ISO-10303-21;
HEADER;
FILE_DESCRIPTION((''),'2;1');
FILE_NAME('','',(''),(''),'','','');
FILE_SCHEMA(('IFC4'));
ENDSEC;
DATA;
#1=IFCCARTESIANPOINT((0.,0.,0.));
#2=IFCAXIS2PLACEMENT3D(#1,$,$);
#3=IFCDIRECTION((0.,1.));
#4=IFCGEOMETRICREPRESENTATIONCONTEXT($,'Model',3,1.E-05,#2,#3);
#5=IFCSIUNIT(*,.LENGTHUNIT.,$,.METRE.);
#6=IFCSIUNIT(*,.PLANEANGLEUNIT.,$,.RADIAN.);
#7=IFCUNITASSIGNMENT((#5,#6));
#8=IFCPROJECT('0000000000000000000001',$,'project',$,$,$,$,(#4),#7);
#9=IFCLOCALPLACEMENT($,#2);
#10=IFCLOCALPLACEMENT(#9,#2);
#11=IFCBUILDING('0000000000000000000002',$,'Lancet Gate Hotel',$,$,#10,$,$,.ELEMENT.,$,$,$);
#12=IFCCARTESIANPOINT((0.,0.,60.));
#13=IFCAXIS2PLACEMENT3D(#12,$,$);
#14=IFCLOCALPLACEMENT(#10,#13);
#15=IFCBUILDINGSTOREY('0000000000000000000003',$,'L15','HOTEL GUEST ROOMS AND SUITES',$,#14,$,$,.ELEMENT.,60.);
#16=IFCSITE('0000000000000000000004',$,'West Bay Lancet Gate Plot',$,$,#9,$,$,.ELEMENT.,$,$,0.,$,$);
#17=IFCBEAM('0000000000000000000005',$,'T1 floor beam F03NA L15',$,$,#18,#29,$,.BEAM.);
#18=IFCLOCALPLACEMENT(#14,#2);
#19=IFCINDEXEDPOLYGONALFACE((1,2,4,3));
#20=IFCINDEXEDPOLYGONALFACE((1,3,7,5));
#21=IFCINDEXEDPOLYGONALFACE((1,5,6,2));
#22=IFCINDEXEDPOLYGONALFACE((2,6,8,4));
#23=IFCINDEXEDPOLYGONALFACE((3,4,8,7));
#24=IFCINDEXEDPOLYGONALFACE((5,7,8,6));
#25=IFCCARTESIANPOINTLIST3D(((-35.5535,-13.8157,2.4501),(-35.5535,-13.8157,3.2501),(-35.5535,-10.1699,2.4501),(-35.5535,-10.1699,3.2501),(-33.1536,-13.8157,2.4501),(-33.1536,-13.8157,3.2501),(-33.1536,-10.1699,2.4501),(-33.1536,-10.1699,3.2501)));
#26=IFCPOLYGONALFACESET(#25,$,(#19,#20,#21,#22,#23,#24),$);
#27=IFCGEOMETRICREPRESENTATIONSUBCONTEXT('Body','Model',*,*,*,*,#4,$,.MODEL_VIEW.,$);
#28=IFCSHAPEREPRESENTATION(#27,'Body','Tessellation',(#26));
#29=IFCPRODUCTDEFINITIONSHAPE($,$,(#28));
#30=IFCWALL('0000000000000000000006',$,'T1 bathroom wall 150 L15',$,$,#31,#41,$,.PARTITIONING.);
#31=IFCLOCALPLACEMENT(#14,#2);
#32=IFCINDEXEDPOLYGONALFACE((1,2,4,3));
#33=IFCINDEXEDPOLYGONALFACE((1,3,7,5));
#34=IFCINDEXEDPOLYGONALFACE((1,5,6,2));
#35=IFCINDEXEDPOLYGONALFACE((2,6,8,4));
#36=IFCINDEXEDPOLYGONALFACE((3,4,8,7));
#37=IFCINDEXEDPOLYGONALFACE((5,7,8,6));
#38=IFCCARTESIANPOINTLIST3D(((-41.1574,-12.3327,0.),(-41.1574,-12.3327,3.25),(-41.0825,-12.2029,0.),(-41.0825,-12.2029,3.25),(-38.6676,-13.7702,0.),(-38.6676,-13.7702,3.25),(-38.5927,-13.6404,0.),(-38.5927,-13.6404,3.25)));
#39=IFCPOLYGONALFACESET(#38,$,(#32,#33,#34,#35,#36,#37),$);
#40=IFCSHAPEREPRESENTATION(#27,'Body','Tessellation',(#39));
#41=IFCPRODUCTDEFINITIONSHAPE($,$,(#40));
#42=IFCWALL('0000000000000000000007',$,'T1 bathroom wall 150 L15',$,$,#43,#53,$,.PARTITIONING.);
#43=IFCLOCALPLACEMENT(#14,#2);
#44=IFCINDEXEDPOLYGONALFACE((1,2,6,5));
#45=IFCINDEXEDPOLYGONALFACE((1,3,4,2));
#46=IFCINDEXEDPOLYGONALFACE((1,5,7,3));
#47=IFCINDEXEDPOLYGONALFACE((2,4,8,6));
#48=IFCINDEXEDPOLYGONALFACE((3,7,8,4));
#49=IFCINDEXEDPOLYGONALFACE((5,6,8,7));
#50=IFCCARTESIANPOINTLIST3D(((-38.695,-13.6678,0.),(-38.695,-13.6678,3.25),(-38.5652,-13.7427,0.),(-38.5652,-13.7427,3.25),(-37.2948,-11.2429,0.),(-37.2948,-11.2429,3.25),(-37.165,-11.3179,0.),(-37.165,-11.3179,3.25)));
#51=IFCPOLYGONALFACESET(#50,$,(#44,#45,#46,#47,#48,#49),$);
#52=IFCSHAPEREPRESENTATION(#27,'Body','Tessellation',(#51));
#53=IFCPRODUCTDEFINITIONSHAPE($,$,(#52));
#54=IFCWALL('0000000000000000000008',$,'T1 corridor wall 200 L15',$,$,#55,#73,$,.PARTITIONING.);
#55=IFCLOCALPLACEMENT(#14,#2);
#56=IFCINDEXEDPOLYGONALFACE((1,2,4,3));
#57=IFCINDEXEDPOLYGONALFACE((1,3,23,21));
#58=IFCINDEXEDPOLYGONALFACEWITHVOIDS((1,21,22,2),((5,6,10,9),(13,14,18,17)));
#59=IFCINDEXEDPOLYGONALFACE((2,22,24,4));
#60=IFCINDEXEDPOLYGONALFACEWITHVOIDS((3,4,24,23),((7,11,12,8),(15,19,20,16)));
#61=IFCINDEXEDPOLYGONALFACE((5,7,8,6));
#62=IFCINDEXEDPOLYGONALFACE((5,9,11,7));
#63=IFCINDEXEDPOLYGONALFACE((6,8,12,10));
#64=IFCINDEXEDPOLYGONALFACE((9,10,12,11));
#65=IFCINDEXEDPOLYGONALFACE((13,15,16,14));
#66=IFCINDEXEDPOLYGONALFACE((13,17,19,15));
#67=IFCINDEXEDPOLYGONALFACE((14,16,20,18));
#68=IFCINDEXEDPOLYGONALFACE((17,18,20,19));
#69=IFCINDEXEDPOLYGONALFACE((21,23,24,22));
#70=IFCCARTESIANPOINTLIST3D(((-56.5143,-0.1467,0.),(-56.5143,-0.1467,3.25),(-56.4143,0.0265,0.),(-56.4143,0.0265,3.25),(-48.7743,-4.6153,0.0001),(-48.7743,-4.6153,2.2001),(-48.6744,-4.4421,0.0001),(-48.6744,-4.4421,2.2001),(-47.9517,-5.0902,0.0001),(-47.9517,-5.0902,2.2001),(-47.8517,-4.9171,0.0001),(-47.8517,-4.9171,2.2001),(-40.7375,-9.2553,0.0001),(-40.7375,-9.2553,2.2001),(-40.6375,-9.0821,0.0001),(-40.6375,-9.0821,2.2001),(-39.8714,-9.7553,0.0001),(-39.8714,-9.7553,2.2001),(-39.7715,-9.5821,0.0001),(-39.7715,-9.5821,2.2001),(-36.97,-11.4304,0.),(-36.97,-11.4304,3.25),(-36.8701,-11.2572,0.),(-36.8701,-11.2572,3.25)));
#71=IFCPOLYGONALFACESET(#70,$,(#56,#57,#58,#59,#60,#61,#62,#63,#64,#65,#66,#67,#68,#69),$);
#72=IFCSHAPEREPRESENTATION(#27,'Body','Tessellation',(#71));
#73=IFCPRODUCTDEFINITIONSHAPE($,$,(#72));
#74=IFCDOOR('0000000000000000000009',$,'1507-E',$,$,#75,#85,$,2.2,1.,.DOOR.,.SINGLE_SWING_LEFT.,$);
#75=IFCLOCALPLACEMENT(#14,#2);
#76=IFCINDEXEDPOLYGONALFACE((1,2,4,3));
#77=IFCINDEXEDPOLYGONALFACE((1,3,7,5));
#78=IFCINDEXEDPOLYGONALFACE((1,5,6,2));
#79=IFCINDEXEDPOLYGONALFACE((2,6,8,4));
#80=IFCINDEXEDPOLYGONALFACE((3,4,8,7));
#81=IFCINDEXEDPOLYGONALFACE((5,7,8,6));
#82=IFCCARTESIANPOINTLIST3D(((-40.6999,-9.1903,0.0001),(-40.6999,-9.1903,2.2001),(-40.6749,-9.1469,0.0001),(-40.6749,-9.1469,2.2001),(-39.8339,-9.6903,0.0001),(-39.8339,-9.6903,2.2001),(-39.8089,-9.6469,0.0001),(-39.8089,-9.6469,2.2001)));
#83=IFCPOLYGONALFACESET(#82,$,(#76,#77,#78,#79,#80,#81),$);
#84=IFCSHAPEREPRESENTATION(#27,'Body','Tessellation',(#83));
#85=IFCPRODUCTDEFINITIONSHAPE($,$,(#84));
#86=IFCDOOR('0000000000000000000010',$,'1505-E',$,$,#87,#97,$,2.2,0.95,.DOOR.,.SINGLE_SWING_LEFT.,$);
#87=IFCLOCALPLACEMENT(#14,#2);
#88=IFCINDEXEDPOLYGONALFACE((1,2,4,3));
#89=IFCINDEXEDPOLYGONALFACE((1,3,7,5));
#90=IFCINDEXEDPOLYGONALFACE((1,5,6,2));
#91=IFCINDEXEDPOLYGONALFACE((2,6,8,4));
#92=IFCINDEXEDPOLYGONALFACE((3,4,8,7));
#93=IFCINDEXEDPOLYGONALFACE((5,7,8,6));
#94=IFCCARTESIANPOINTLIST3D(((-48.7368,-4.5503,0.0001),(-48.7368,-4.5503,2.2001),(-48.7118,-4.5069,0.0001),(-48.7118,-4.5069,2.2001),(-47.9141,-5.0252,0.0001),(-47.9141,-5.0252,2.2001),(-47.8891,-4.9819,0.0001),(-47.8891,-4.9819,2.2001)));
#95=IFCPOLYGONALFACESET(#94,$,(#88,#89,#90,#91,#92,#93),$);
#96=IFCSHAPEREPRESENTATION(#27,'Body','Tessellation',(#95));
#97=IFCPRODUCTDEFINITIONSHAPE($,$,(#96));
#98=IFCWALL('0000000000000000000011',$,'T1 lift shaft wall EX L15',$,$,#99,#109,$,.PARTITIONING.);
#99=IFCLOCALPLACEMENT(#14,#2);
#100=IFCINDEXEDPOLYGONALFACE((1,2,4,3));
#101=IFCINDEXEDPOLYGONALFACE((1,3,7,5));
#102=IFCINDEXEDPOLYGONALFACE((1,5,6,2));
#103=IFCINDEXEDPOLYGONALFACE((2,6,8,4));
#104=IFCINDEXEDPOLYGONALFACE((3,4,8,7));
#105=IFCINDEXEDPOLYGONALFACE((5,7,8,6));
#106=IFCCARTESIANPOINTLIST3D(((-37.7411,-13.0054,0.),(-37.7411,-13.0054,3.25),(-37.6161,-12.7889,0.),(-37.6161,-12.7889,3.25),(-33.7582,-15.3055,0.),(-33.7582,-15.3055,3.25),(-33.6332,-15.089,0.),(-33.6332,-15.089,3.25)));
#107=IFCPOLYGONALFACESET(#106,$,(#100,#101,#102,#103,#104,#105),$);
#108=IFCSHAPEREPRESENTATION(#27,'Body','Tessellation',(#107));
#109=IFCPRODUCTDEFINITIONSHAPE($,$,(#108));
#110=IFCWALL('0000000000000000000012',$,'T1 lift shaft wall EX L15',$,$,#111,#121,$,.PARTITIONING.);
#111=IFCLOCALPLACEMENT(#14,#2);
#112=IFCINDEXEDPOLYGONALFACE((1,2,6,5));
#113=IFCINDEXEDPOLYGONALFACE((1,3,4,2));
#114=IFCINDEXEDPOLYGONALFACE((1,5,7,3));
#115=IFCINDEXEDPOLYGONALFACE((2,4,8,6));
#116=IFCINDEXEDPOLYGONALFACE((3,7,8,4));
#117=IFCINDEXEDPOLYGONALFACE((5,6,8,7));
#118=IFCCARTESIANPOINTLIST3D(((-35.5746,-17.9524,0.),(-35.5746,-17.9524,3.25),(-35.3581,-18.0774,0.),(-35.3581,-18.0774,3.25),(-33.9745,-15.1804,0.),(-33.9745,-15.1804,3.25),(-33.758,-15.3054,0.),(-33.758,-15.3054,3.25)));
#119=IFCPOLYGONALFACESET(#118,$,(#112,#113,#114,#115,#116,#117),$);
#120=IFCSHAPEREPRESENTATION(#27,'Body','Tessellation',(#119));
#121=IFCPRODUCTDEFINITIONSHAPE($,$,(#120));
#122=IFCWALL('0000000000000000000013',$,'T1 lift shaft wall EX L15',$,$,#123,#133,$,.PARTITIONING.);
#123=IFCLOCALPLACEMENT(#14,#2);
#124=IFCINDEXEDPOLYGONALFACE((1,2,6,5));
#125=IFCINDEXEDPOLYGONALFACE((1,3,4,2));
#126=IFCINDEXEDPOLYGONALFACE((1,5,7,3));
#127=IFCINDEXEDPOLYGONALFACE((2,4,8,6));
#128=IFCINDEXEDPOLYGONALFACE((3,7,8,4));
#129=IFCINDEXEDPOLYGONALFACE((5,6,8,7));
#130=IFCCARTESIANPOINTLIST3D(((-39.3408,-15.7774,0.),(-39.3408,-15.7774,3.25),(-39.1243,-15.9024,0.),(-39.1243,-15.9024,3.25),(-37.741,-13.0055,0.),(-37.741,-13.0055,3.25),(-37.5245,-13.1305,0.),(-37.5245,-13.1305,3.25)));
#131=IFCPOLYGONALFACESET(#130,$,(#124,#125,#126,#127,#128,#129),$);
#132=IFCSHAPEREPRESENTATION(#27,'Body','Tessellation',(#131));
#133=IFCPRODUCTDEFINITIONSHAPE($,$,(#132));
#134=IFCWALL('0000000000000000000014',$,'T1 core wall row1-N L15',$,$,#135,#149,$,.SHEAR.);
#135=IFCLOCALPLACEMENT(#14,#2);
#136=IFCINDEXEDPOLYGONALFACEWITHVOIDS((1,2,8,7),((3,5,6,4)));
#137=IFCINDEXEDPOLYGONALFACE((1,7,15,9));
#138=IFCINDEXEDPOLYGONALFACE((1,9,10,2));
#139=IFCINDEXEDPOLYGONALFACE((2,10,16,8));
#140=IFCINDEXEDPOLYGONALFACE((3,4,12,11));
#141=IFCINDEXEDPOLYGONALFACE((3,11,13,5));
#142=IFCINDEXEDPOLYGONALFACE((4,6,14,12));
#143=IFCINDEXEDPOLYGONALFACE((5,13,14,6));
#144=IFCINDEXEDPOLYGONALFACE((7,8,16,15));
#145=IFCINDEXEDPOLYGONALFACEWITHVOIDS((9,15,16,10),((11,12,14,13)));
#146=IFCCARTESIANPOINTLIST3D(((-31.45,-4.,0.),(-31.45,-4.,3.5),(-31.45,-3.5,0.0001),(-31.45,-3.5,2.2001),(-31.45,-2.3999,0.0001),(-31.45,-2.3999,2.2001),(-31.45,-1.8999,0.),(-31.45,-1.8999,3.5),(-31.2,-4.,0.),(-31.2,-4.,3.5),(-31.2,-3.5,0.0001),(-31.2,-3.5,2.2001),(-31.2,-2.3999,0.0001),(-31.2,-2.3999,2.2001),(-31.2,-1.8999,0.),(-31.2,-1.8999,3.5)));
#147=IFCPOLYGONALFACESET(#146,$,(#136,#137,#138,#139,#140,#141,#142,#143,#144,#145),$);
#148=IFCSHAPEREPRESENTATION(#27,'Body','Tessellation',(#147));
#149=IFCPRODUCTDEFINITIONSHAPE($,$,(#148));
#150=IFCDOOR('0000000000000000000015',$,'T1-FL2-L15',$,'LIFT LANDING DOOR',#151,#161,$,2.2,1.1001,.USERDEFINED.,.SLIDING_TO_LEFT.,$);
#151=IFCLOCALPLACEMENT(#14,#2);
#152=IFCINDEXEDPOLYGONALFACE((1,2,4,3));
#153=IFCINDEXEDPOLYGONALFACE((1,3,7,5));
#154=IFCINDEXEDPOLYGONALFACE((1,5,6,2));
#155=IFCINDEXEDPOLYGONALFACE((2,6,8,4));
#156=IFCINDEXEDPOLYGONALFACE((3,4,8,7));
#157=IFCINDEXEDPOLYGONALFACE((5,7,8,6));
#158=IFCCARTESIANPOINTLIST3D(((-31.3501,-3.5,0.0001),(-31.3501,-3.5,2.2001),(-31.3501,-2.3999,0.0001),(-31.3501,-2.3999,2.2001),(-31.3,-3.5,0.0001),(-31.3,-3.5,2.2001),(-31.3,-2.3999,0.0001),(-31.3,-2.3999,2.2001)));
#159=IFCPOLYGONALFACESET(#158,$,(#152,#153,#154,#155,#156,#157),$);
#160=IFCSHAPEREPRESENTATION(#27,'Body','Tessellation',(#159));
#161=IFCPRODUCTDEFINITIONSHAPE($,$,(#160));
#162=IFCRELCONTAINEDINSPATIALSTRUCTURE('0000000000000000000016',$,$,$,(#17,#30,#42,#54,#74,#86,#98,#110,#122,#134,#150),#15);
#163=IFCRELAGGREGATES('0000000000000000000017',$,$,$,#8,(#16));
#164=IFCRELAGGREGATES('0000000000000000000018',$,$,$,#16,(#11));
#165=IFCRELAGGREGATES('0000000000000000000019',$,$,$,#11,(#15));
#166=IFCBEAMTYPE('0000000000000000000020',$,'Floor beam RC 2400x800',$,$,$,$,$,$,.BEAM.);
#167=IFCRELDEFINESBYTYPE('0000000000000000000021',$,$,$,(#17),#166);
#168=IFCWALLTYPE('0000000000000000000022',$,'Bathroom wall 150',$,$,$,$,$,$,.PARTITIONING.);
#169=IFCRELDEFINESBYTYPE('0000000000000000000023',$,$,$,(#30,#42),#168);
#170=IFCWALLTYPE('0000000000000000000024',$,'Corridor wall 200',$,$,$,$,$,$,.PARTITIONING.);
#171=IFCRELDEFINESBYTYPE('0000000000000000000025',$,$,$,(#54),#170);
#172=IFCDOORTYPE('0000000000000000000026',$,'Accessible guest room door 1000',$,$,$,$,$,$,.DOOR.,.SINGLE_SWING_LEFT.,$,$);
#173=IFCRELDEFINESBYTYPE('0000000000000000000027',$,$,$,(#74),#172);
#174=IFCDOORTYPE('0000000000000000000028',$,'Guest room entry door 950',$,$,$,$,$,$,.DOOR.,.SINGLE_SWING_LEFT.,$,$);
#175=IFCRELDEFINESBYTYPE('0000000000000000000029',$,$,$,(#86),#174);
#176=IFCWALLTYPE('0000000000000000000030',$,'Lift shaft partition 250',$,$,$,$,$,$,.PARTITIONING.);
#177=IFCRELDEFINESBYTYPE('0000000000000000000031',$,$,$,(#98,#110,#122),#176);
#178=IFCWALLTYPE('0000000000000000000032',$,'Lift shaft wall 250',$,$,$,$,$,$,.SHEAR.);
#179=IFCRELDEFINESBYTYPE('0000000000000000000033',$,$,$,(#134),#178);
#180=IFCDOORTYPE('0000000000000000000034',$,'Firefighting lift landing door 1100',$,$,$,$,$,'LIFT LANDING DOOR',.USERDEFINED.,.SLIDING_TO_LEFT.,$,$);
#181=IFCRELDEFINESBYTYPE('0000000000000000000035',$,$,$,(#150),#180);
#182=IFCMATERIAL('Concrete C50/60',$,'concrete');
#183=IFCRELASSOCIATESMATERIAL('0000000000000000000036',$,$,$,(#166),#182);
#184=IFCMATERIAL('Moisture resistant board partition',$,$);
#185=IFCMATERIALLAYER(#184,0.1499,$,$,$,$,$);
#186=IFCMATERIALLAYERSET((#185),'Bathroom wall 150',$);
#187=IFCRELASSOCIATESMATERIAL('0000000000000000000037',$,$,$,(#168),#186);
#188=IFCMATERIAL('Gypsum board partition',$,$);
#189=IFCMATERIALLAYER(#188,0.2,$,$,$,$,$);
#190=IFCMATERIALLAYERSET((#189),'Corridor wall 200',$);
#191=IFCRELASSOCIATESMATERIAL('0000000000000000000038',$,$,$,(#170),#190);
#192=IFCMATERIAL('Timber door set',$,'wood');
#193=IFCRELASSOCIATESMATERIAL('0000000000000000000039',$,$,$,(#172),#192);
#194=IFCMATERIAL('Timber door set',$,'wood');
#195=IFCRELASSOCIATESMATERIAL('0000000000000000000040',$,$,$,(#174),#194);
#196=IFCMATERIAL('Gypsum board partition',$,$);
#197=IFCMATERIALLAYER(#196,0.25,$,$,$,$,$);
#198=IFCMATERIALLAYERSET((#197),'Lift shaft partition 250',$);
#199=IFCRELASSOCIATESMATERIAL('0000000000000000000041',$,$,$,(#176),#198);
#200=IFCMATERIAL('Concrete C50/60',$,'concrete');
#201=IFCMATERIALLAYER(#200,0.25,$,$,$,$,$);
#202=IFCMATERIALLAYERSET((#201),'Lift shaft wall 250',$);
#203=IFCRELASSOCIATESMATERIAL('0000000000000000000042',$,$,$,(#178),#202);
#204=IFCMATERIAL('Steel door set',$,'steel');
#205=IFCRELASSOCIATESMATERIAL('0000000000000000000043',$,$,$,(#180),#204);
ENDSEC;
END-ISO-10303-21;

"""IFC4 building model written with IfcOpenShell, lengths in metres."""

from ifc_helpers import new_model, si_unit, direction, frame, frame_2d, origin, origin_2d, place, context, subcontext, project, spatial, rectangle, extrude, material, layer, layer_set, material_profile, profile_set, type_object, element, fill, save


model = new_model("IFC4")

# Units and contexts
model_context = context("Model", 3, precision=1e-05, world=origin(), true_north=direction((0.0, 1.0)))
body_context = subcontext(model_context, "Body", "Model", "MODEL_VIEW")
ifc_project = project(units=[si_unit("LENGTHUNIT", "METRE"), si_unit("PLANEANGLEUNIT", "RADIAN")], contexts=[model_context])

# Site, building, storey
site_placement = place(None, origin())
site = spatial("IfcSite", under=ifc_project, at=site_placement, Name="West Bay Lancet Gate Plot", CompositionType="ELEMENT", RefElevation=0.0)
building_placement = place(site_placement, origin())
building = spatial("IfcBuilding", under=site, at=building_placement, Name="Lancet Gate Hotel", CompositionType="ELEMENT")
storey_placement = place(building_placement, frame((0.0, 0.0, 60.0)))
storey = spatial("IfcBuildingStorey", under=building, at=storey_placement, Name="L15", Description="HOTEL GUEST ROOMS AND SUITES", CompositionType="ELEMENT", Elevation=60.0)

# Beam
ifc_material_1 = material(Name="Concrete C50/60", Category="concrete")
ifc_material_profile = material_profile(ifc_material_1, rectangle(XDim=2.3999, YDim=0.8, at=origin_2d()), Name="RC 2400x800")
ifc_profile_set = profile_set([ifc_material_profile], Name="Concrete C50/60")
beam_type = type_object("IfcBeamType", Name="Floor beam RC 2400x800", PredefinedType="BEAM", material=ifc_profile_set)
beam_placement = place(storey_placement, frame((-34.3535, -10.1699, 2.8501), z_axis=(0.0, -1.0, 0.0), x_axis=(1.0, 0.0, 0.0)))
element("IfcBeam", 1, at=beam_placement, inside=storey, type_object=beam_type, Name="T1 floor beam F03NA L15", PredefinedType="BEAM", context=body_context, shape_type="SweptSolid", body=[
    extrude(rectangle(XDim=2.3999, YDim=0.8, at=origin_2d()), origin(), (0.0, 0.0, 1.0), 3.6458),
])

# Walls
ifc_material_2 = material(Name="Moisture resistant board partition")
ifc_layer_1 = layer(ifc_material_2, 0.1499)
ifc_layer_set_1 = layer_set([ifc_layer_1], Name="Bathroom wall 150")
wall_type_1 = type_object("IfcWallType", Name="Bathroom wall 150", PredefinedType="PARTITIONING", material=ifc_layer_set_1)
wall_1_placement = place(storey_placement, frame((-38.6301, -13.7053, 0.0), z_axis=(0.0, 0.0, 1.0), x_axis=(-0.866019, 0.500012, 0.0)))
element("IfcWall", 2, at=wall_1_placement, inside=storey, type_object=wall_type_1, Name="T1 bathroom wall 150 L15", PredefinedType="PARTITIONING", context=body_context, shape_type="SweptSolid", body=[
    extrude(rectangle(XDim=2.875, YDim=0.1499, at=frame_2d((1.4375, 0.0))), origin(), (0.0, 0.0, 1.0), 3.25),
])
wall_2_placement = place(storey_placement, frame((-37.23, -11.2805, 0.0), z_axis=(0.0, 0.0, 1.0), x_axis=(-0.50005, -0.865997, 0.0)))
element("IfcWall", 3, at=wall_2_placement, inside=storey, type_object=wall_type_1, Name="T1 bathroom wall 150 L15", PredefinedType="PARTITIONING", context=body_context, shape_type="SweptSolid", body=[
    extrude(rectangle(XDim=2.8, YDim=0.1499, at=frame_2d((1.3999, 0.0))), origin(), (0.0, 0.0, 1.0), 3.25),
])

# Wall, openings, doors
ifc_material_3 = material(Name="Gypsum board partition")
ifc_layer_2 = layer(ifc_material_3, 0.2)
ifc_layer_set_2 = layer_set([ifc_layer_2], Name="Corridor wall 200")
wall_type_2 = type_object("IfcWallType", Name="Corridor wall 200", PredefinedType="PARTITIONING", material=ifc_layer_set_2)
wall_3_placement = place(storey_placement, frame((-36.9202, -11.3438, 0.0), z_axis=(0.0, 0.0, 1.0), x_axis=(-0.866028, 0.499995, 0.0)))
wall_3 = element("IfcWall", 4, at=wall_3_placement, inside=storey, type_object=wall_type_2, Name="T1 corridor wall 200 L15", PredefinedType="PARTITIONING", context=body_context, shape_type="SweptSolid", body=[
    extrude(rectangle(XDim=22.5676, YDim=0.2, at=frame_2d((11.2837, 0.0))), origin(), (0.0, 0.0, 1.0), 3.25),
])
opening_1_placement = place(wall_3_placement, frame((12.6802, 0.0, 0.0)))
opening_1 = element("IfcOpeningElement", 5, at=opening_1_placement, cuts=wall_3, PredefinedType="OPENING", context=body_context, shape_type="SweptSolid", body=[
    extrude(rectangle(XDim=0.95, YDim=2.2, at=frame_2d((0.4751, 1.1001))), frame((0.0, 0.1099, 0.0), z_axis=(0.0, -1.0, 0.0), x_axis=(1.0, 0.0, 0.0)), (0.0, 0.0, 1.0), 0.22),
])
opening_2_placement = place(wall_3_placement, frame((3.3501, 0.0, 0.0)))
opening_2 = element("IfcOpeningElement", 6, at=opening_2_placement, cuts=wall_3, PredefinedType="OPENING", context=body_context, shape_type="SweptSolid", body=[
    extrude(rectangle(XDim=1.0, YDim=2.2, at=frame_2d((0.5, 1.1001))), frame((0.0, 0.1099, 0.0), z_axis=(0.0, -1.0, 0.0), x_axis=(1.0, 0.0, 0.0)), (0.0, 0.0, 1.0), 0.22),
])
ifc_material_4 = material(Name="Timber door set", Category="wood")
door_type_1 = type_object("IfcDoorType", Name="Accessible guest room door 1000", OperationType="SINGLE_SWING_LEFT", PredefinedType="DOOR", material=ifc_material_4)
door_1_placement = place(opening_2_placement, origin())
door_1 = element("IfcDoor", 7, at=door_1_placement, inside=storey, type_object=door_type_1, Name="1507-E", OperationType="SINGLE_SWING_LEFT", OverallHeight=2.2, OverallWidth=1.0, PredefinedType="DOOR", context=body_context, shape_type="SweptSolid", body=[
    extrude(rectangle(XDim=1.0, YDim=2.2, at=frame_2d((0.5, 1.1001))), frame((0.0, 0.0249, 0.0), z_axis=(0.0, -1.0, 0.0), x_axis=(1.0, 0.0, 0.0)), (0.0, 0.0, 1.0), 0.05),
])
fill(opening_2, door_1)
ifc_material_5 = material(Name="Timber door set", Category="wood")
door_type_2 = type_object("IfcDoorType", Name="Guest room entry door 950", OperationType="SINGLE_SWING_LEFT", PredefinedType="DOOR", material=ifc_material_5)
door_2_placement = place(opening_1_placement, origin())
door_2 = element("IfcDoor", 8, at=door_2_placement, inside=storey, type_object=door_type_2, Name="1505-E", OperationType="SINGLE_SWING_LEFT", OverallHeight=2.2, OverallWidth=0.95, PredefinedType="DOOR", context=body_context, shape_type="SweptSolid", body=[
    extrude(rectangle(XDim=0.95, YDim=2.2, at=frame_2d((0.4751, 1.1001))), frame((0.0, 0.0249, 0.0), z_axis=(0.0, -1.0, 0.0), x_axis=(1.0, 0.0, 0.0)), (0.0, 0.0, 1.0), 0.05),
])
fill(opening_1, door_2)

# Walls
ifc_material_6 = material(Name="Gypsum board partition")
ifc_layer_3 = layer(ifc_material_6, 0.25)
ifc_layer_set_3 = layer_set([ifc_layer_3], Name="Lift shaft partition 250")
wall_type_3 = type_object("IfcWallType", Name="Lift shaft partition 250", PredefinedType="PARTITIONING", material=ifc_layer_set_3)
wall_4_placement = place(storey_placement, frame((-33.6956, -15.1973, 0.0), z_axis=(0.0, 0.0, 1.0), x_axis=(-0.865977, 0.500084, 0.0)))
element("IfcWall", 9, at=wall_4_placement, inside=storey, type_object=wall_type_3, Name="T1 lift shaft wall EX L15", PredefinedType="PARTITIONING", context=body_context, shape_type="SweptSolid", body=[
    extrude(rectangle(XDim=4.5994, YDim=0.25, at=frame_2d((2.2998, 0.0))), origin(), (0.0, 0.0, 1.0), 3.25),
])
wall_5_placement = place(storey_placement, frame((-33.8662, -15.2429, 0.0), z_axis=(0.0, 0.0, 1.0), x_axis=(-0.499929, -0.866066, 0.0)))
element("IfcWall", 10, at=wall_5_placement, inside=storey, type_object=wall_type_3, Name="T1 lift shaft wall EX L15", PredefinedType="PARTITIONING", context=body_context, shape_type="SweptSolid", body=[
    extrude(rectangle(XDim=3.2007, YDim=0.25, at=frame_2d((1.6003, 0.0))), origin(), (0.0, 0.0, 1.0), 3.25),
])
wall_6_placement = place(storey_placement, frame((-37.6328, -13.0681, 0.0), z_axis=(0.0, 0.0, 1.0), x_axis=(-0.499872, -0.866099, 0.0)))
element("IfcWall", 11, at=wall_6_placement, inside=storey, type_object=wall_type_3, Name="T1 lift shaft wall EX L15", PredefinedType="PARTITIONING", context=body_context, shape_type="SweptSolid", body=[
    extrude(rectangle(XDim=3.2004, YDim=0.25, at=frame_2d((1.6001, 0.0))), origin(), (0.0, 0.0, 1.0), 3.25),
])

# Wall, opening, door
ifc_material_7 = material(Name="Concrete C50/60", Category="concrete")
ifc_layer_4 = layer(ifc_material_7, 0.25)
ifc_layer_set_4 = layer_set([ifc_layer_4], Name="Lift shaft wall 250")
wall_type_4 = type_object("IfcWallType", Name="Lift shaft wall 250", PredefinedType="SHEAR", material=ifc_layer_set_4)
wall_7_placement = place(storey_placement, frame((-31.325, -1.8999, 0.0), z_axis=(0.0, 0.0, 1.0), x_axis=(0.0, -1.0, 0.0)))
wall_7 = element("IfcWall", 12, at=wall_7_placement, inside=storey, type_object=wall_type_4, Name="T1 core wall row1-N L15", PredefinedType="SHEAR", context=body_context, shape_type="SweptSolid", body=[
    extrude(rectangle(XDim=2.1001, YDim=0.25, at=frame_2d((1.05, 0.0))), origin(), (0.0, 0.0, 1.0), 3.5),
])
opening_3_placement = place(wall_7_placement, frame((0.5, 0.0, 0.0)))
opening_3 = element("IfcOpeningElement", 13, at=opening_3_placement, cuts=wall_7, PredefinedType="OPENING", context=body_context, shape_type="SweptSolid", body=[
    extrude(rectangle(XDim=1.1001, YDim=2.2, at=frame_2d((0.55, 1.1001))), frame((0.0, 0.135, 0.0), z_axis=(0.0, -1.0, 0.0), x_axis=(1.0, 0.0, 0.0)), (0.0, 0.0, 1.0), 0.27),
])
ifc_material_8 = material(Name="Steel door set", Category="steel")
door_type_3 = type_object("IfcDoorType", Name="Firefighting lift landing door 1100", ElementType="LIFT LANDING DOOR", OperationType="SLIDING_TO_LEFT", PredefinedType="USERDEFINED", material=ifc_material_8)
door_3_placement = place(opening_3_placement, origin())
door_3 = element("IfcDoor", 14, at=door_3_placement, inside=storey, type_object=door_type_3, Name="T1-FL2-L15", ObjectType="LIFT LANDING DOOR", OperationType="SLIDING_TO_LEFT", OverallHeight=2.2, OverallWidth=1.1001, PredefinedType="USERDEFINED", context=body_context, shape_type="SweptSolid", body=[
    extrude(rectangle(XDim=1.1001, YDim=2.2, at=frame_2d((0.55, 1.1001))), frame((0.0, 0.0249, 0.0), z_axis=(0.0, -1.0, 0.0), x_axis=(1.0, 0.0, 0.0)), (0.0, 0.0, 1.0), 0.05),
])
fill(opening_3, door_3)

save(model, "model.ifc")
